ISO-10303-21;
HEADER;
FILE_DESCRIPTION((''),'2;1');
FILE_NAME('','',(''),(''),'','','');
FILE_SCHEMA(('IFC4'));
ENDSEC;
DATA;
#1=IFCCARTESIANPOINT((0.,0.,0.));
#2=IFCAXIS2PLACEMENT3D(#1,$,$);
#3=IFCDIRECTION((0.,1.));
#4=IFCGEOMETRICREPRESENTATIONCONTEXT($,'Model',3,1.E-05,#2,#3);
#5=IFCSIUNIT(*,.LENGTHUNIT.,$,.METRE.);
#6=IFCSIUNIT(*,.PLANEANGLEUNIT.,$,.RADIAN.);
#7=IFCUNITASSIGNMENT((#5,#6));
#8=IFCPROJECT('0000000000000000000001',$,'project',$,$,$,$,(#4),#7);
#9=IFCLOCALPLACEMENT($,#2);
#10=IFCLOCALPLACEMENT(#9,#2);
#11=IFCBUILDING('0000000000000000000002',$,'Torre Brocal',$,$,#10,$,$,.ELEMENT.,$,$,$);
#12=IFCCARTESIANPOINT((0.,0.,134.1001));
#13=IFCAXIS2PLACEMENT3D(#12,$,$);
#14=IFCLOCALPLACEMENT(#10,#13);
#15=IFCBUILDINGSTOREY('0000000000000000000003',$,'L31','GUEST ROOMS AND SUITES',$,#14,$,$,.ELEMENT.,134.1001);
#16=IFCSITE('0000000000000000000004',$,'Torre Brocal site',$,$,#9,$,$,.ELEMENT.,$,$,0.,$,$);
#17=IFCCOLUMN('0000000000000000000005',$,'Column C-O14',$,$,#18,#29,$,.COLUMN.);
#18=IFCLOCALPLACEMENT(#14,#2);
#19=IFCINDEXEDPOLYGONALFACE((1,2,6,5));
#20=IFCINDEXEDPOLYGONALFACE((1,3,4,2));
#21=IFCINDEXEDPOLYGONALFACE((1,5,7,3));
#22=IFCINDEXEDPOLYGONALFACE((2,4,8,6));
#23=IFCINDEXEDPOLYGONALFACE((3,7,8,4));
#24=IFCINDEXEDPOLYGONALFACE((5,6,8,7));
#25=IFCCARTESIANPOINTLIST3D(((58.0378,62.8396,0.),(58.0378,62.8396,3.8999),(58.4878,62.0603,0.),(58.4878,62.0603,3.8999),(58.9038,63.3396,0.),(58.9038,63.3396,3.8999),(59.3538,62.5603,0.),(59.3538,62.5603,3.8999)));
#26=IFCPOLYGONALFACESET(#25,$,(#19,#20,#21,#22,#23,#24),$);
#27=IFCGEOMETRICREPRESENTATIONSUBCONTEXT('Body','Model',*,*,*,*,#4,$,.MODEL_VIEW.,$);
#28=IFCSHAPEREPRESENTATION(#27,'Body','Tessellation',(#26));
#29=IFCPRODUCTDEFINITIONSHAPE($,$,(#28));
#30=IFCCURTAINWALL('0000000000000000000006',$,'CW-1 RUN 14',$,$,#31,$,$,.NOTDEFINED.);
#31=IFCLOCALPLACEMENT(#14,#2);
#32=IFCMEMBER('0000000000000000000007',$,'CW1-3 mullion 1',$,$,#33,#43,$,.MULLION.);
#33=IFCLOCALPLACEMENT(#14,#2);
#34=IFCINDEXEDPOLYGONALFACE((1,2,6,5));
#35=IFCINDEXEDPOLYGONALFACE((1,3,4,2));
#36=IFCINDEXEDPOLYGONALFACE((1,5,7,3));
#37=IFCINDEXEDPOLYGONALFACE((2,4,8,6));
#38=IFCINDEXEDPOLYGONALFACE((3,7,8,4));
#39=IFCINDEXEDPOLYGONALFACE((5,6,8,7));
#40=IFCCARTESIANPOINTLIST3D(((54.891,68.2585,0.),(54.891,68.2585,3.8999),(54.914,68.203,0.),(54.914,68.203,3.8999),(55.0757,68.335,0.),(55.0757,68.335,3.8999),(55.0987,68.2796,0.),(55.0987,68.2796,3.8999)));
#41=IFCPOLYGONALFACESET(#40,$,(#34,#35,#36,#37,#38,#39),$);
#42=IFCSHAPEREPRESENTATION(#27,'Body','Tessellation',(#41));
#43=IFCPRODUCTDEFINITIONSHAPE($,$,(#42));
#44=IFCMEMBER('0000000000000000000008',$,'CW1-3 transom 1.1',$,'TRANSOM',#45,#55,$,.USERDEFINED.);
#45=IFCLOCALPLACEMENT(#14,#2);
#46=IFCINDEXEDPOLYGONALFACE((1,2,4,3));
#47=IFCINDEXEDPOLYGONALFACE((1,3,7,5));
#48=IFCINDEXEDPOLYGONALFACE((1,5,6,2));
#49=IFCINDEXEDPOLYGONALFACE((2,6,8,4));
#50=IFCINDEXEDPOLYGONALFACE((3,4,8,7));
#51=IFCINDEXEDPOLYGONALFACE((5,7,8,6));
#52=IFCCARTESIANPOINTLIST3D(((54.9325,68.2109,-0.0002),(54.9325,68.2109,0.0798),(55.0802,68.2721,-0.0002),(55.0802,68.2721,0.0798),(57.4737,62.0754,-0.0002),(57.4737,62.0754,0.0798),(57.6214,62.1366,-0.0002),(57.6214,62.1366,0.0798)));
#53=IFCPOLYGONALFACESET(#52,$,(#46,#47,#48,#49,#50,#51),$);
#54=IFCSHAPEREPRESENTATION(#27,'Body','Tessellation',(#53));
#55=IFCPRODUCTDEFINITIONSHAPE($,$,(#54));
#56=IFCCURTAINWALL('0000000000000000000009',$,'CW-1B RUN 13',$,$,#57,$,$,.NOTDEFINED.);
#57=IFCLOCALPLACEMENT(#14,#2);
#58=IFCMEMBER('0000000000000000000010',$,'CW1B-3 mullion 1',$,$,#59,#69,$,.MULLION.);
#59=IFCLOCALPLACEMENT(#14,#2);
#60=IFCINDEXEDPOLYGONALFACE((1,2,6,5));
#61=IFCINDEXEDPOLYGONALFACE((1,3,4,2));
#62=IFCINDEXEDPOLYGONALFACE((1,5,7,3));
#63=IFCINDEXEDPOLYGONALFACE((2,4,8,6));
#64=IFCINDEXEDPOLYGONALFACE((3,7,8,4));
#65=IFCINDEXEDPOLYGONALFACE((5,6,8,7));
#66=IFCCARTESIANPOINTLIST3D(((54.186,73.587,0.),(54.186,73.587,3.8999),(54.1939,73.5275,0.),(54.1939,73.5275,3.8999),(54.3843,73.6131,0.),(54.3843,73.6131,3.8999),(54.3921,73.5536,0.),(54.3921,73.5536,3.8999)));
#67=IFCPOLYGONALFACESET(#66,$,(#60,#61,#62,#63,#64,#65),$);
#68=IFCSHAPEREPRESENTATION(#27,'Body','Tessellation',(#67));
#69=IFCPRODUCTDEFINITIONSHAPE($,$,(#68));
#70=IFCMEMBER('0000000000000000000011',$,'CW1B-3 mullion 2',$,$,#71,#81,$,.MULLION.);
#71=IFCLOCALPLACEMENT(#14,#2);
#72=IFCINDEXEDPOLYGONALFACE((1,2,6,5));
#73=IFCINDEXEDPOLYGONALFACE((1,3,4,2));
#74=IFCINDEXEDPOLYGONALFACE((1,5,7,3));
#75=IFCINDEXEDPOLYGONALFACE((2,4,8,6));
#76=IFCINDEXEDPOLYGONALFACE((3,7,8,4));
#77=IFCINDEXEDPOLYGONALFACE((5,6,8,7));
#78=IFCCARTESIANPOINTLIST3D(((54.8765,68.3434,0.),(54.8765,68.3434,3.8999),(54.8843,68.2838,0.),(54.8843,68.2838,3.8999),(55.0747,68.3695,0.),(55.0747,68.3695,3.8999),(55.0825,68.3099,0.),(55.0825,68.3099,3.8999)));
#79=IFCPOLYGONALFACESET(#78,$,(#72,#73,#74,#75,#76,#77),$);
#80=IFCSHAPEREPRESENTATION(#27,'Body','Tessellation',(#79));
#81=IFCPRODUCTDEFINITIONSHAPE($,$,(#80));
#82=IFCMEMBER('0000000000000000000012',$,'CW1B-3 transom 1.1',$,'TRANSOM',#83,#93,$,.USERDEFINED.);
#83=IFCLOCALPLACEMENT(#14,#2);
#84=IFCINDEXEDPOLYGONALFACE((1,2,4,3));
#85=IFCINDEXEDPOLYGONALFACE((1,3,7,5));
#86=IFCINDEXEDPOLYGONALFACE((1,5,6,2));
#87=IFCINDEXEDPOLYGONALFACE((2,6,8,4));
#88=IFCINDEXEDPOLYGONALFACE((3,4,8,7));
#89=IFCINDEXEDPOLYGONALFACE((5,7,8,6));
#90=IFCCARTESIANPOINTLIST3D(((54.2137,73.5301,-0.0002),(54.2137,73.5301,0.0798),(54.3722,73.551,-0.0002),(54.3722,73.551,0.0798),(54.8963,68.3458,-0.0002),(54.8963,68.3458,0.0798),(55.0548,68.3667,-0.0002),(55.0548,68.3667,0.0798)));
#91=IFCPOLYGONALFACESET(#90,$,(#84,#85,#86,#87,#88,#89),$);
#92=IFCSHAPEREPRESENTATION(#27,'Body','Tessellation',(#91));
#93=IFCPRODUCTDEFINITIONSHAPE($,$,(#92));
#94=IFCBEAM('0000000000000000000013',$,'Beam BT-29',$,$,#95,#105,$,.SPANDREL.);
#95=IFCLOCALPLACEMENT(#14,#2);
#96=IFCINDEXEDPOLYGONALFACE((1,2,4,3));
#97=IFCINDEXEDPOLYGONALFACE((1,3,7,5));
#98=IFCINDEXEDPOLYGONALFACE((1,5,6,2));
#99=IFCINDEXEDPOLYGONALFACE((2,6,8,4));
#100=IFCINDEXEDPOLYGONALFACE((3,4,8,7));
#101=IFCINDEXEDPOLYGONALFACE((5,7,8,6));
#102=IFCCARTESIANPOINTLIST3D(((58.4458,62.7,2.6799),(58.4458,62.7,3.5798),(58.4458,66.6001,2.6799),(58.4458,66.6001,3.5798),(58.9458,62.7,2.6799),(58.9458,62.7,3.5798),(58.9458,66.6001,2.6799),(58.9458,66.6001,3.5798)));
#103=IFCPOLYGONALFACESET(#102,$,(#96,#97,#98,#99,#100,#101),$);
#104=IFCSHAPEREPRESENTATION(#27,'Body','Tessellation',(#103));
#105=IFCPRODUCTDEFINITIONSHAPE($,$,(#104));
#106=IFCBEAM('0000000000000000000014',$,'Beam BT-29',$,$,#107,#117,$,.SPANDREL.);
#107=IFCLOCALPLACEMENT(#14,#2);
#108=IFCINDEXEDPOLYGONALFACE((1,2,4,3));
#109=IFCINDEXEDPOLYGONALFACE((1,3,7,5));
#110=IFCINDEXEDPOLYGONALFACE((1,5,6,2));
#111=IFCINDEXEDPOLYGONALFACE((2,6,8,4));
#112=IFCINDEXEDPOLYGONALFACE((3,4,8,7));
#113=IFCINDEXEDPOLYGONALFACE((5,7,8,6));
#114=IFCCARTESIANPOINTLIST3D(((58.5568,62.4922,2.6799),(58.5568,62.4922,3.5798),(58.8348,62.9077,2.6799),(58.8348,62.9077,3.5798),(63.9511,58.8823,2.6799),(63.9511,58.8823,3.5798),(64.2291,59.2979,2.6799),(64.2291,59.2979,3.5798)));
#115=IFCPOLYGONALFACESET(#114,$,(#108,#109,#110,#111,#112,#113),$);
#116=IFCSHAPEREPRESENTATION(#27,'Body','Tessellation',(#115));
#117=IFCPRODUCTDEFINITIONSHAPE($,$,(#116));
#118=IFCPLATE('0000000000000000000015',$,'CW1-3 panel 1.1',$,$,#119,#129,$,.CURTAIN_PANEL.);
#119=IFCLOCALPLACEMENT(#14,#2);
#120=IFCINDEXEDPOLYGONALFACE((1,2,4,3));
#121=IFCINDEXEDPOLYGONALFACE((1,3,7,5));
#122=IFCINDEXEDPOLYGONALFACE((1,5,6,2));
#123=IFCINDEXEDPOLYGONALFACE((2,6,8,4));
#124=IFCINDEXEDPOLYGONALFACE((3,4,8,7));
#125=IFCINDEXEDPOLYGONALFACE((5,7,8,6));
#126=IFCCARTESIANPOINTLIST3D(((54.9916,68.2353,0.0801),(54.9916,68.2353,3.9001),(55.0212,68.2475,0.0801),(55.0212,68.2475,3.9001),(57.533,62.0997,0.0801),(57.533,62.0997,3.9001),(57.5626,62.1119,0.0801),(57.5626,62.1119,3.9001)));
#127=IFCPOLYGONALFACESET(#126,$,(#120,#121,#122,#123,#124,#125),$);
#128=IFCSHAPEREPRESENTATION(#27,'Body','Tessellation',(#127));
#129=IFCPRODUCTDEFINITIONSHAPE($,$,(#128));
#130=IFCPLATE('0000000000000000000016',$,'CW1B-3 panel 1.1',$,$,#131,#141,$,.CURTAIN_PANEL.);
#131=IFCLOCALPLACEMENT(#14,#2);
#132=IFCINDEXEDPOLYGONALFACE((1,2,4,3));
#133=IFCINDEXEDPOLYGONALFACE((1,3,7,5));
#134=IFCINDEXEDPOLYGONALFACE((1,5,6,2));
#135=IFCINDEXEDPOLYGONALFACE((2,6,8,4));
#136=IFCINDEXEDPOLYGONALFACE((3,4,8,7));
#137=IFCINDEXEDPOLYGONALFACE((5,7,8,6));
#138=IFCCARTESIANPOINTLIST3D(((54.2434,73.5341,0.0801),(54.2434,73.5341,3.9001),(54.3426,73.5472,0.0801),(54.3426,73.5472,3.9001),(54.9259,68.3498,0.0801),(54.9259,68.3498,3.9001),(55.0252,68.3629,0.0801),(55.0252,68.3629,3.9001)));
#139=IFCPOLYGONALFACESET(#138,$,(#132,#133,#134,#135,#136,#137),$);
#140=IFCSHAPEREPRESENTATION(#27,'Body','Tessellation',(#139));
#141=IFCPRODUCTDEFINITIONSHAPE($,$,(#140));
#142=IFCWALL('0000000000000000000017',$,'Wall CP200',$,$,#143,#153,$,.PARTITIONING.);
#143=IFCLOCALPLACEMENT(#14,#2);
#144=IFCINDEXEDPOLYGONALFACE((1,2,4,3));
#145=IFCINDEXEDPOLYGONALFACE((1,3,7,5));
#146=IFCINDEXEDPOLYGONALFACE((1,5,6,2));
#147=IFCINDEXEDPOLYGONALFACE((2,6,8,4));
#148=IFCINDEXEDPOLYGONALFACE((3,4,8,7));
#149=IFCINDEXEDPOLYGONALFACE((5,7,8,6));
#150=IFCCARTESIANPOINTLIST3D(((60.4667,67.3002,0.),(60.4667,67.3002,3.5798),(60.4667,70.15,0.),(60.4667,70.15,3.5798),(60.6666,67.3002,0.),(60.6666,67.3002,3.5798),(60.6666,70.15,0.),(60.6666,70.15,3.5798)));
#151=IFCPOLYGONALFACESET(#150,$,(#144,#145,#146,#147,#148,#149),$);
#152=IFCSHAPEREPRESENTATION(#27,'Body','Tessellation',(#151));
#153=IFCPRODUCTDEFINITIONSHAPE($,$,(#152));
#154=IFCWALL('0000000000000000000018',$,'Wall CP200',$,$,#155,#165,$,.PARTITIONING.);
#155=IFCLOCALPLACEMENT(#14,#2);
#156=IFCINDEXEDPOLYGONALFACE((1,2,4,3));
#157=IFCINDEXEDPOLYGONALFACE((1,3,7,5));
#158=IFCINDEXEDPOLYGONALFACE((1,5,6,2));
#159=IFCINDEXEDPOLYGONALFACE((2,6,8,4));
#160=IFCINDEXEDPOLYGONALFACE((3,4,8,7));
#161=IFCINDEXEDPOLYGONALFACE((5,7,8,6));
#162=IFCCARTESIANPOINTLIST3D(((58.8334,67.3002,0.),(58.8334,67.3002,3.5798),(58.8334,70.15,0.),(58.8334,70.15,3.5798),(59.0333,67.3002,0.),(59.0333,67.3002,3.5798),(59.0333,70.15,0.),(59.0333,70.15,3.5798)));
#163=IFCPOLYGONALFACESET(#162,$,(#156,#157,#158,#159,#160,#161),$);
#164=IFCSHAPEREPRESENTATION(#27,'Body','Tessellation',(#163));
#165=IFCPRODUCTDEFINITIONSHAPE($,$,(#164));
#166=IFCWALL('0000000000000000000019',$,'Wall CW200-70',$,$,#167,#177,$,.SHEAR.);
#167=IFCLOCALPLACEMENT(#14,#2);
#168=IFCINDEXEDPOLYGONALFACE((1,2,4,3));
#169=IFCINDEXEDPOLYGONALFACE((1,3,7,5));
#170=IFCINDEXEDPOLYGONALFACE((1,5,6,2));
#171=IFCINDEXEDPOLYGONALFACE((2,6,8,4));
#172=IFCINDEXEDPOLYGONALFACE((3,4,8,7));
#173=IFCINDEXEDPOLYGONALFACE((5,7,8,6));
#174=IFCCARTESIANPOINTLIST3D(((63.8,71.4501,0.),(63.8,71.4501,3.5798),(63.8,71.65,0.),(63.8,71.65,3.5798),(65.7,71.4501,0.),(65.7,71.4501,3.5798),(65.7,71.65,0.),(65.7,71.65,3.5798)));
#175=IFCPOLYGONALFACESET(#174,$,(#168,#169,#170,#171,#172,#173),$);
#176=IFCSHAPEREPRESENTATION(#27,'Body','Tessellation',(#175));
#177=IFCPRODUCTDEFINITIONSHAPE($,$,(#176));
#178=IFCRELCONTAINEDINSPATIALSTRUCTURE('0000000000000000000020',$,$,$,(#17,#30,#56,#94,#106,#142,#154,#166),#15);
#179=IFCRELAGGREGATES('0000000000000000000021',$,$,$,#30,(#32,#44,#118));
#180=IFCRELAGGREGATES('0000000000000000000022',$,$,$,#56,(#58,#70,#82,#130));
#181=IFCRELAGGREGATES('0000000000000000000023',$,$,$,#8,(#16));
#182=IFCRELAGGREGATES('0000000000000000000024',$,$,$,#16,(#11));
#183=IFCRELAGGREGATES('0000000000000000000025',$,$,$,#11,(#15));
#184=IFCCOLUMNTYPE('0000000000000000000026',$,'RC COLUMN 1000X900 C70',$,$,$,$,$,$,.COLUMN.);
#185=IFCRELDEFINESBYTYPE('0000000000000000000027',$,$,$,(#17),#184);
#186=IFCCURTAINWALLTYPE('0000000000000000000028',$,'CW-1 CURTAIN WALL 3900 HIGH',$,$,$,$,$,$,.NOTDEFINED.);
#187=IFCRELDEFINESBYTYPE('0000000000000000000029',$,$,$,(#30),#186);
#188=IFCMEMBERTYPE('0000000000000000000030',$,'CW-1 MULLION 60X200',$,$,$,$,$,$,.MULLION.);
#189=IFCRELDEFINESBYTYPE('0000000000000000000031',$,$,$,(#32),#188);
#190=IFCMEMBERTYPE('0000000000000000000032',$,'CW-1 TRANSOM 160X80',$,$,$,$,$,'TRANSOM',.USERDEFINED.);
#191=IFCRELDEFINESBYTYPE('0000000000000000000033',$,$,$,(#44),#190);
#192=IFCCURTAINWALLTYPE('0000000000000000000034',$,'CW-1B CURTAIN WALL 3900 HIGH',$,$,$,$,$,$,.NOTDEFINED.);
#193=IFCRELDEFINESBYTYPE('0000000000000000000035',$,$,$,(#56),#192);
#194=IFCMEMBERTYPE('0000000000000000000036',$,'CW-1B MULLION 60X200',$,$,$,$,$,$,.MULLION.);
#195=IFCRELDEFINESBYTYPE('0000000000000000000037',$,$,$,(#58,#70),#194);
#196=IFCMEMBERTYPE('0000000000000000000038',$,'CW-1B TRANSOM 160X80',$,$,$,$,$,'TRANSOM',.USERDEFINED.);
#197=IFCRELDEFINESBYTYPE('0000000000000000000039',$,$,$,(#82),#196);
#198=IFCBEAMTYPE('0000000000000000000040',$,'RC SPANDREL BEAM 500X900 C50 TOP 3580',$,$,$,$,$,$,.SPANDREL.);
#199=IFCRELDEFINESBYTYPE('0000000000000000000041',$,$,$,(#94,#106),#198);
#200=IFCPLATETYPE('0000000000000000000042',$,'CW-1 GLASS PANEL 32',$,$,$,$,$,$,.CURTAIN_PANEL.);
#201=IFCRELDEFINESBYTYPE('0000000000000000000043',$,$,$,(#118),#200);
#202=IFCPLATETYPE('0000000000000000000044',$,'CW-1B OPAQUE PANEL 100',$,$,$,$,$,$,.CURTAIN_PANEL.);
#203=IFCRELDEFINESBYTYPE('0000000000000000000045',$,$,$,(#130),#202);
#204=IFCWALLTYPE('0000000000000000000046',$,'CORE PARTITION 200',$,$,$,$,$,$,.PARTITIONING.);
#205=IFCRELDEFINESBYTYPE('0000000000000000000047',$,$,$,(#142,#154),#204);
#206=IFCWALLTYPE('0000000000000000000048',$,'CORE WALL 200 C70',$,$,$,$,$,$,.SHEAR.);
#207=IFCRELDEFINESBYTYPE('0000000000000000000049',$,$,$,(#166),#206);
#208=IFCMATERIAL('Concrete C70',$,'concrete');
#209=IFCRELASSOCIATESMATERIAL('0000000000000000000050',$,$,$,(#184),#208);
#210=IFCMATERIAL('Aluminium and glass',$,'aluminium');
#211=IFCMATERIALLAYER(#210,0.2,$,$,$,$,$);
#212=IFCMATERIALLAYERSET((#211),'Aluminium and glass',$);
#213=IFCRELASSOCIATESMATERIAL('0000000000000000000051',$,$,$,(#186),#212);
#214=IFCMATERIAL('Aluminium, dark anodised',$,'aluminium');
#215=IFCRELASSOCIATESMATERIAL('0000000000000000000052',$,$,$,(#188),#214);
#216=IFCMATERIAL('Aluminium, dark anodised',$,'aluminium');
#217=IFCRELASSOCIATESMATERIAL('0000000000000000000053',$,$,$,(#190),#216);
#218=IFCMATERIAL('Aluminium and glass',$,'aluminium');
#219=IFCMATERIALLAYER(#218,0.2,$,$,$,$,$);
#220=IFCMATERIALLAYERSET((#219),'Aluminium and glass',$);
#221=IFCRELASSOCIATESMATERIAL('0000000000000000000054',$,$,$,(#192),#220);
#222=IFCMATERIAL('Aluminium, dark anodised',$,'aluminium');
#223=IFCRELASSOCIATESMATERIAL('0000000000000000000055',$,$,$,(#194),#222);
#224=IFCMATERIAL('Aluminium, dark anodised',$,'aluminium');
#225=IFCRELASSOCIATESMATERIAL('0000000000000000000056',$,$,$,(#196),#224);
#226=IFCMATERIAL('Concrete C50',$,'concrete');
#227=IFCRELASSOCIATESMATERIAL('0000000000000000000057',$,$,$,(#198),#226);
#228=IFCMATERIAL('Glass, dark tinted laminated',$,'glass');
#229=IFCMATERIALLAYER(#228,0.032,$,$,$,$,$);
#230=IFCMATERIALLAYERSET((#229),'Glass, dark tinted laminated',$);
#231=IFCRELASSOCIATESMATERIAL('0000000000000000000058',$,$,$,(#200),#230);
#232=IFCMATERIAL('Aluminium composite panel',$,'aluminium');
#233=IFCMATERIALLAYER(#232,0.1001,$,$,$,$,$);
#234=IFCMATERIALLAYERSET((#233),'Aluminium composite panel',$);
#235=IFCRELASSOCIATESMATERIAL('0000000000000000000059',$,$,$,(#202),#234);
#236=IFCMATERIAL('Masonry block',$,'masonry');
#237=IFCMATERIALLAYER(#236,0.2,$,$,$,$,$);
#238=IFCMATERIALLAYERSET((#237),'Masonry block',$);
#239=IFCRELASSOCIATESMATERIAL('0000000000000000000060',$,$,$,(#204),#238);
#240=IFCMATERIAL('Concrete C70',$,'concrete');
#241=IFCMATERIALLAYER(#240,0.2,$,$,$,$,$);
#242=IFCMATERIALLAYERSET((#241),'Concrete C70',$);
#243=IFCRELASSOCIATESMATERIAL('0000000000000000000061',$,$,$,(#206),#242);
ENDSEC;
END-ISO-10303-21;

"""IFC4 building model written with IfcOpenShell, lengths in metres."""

from ifc_helpers import new_model, si_unit, direction, frame, frame_2d, origin, origin_2d, place, context, subcontext, project, spatial, rectangle, extrude, material, layer, layer_set, material_profile, profile_set, type_object, element, aggregate, save


model = new_model("IFC4")

# Units and contexts
model_context = context("Model", 3, precision=1e-05, world=origin(), true_north=direction((0.0, 1.0)))
body_context = subcontext(model_context, "Body", "Model", "MODEL_VIEW")
ifc_project = project(units=[si_unit("LENGTHUNIT", "METRE"), si_unit("PLANEANGLEUNIT", "RADIAN")], contexts=[model_context])

# Site, building, storey
site_placement = place(None, origin())
site = spatial("IfcSite", under=ifc_project, at=site_placement, Name="Torre Brocal site", CompositionType="ELEMENT", RefElevation=0.0)
building_placement = place(site_placement, origin())
building = spatial("IfcBuilding", under=site, at=building_placement, Name="Torre Brocal", CompositionType="ELEMENT")
storey_placement = place(building_placement, frame((0.0, 0.0, 134.1001)))
storey = spatial("IfcBuildingStorey", under=building, at=storey_placement, Name="L31", Description="GUEST ROOMS AND SUITES", CompositionType="ELEMENT", Elevation=134.1001)

# Column
ifc_material_1 = material(Name="Concrete C70", Category="concrete")
ifc_material_profile_1 = material_profile(ifc_material_1, rectangle(XDim=1.0, YDim=0.8999, at=origin_2d()), Name="RC 1000X900")
ifc_profile_set_1 = profile_set([ifc_material_profile_1], Name="Concrete C70")
column_type = type_object("IfcColumnType", Name="RC COLUMN 1000X900 C70", PredefinedType="COLUMN", material=ifc_profile_set_1)
column_placement = place(storey_placement, frame((58.6958, 62.7, 0.0), z_axis=(0.0, 0.0, 1.0), x_axis=(-0.866025, -0.5, 0.0)))
element("IfcColumn", 1, at=column_placement, inside=storey, type_object=column_type, Name="Column C-O14", PredefinedType="COLUMN", context=body_context, shape_type="SweptSolid", body=[
    extrude(rectangle(XDim=1.0, YDim=0.8999, at=origin_2d()), origin(), (0.0, 0.0, 1.0), 3.8999),
])

# Curtain walls, members
ifc_material_2 = material(Name="Aluminium and glass", Category="aluminium")
ifc_layer_1 = layer(ifc_material_2, 0.2)
ifc_layer_set_1 = layer_set([ifc_layer_1], Name="Aluminium and glass")
curtain_wall_type_1 = type_object("IfcCurtainWallType", Name="CW-1 CURTAIN WALL 3900 HIGH", PredefinedType="NOTDEFINED", material=ifc_layer_set_1)
curtain_wall_1_placement = place(storey_placement, origin())
curtain_wall_1 = element("IfcCurtainWall", 2, at=curtain_wall_1_placement, inside=storey, type_object=curtain_wall_type_1, Name="CW-1 RUN 14", PredefinedType="NOTDEFINED")
ifc_material_3 = material(Name="Aluminium, dark anodised", Category="aluminium")
ifc_material_profile_2 = material_profile(ifc_material_3, rectangle(XDim=0.2, YDim=0.0601, at=origin_2d()), Name="CW-1 MULLION 60X200")
ifc_profile_set_2 = profile_set([ifc_material_profile_2], Name="Aluminium, dark anodised")
member_type_1 = type_object("IfcMemberType", Name="CW-1 MULLION 60X200", PredefinedType="MULLION", material=ifc_profile_set_2)
member_1_placement = place(storey_placement, frame((54.9949, 68.269, 0.0), z_axis=(0.0, 0.0, 1.0), x_axis=(0.92388, 0.382683, 0.0)))
member_1 = element("IfcMember", 3, at=member_1_placement, type_object=member_type_1, Name="CW1-3 mullion 1", PredefinedType="MULLION", context=body_context, shape_type="SweptSolid", body=[
    extrude(rectangle(XDim=0.2, YDim=0.0601, at=origin_2d()), origin(), (0.0, 0.0, 1.0), 3.8999),
])
ifc_material_4 = material(Name="Aluminium, dark anodised", Category="aluminium")
ifc_material_profile_3 = material_profile(ifc_material_4, rectangle(XDim=0.1599, YDim=0.0801, at=origin_2d()), Name="CW-1 TRANSOM 160X80")
ifc_profile_set_3 = profile_set([ifc_material_profile_3], Name="Aluminium, dark anodised")
member_type_2 = type_object("IfcMemberType", Name="CW-1 TRANSOM 160X80", ElementType="TRANSOM", PredefinedType="USERDEFINED", material=ifc_profile_set_3)
member_2_placement = place(storey_placement, frame((55.0063, 68.2415, 0.0398), z_axis=(0.382665, -0.923887, 0.0), x_axis=(0.923887, 0.382665, 0.0)))
member_2 = element("IfcMember", 4, at=member_2_placement, type_object=member_type_2, Name="CW1-3 transom 1.1", ObjectType="TRANSOM", PredefinedType="USERDEFINED", context=body_context, shape_type="SweptSolid", body=[
    extrude(rectangle(XDim=0.1599, YDim=0.0801, at=origin_2d()), origin(), (0.0, 0.0, 1.0), 6.6409),
])
ifc_material_5 = material(Name="Aluminium and glass", Category="aluminium")
ifc_layer_2 = layer(ifc_material_5, 0.2)
ifc_layer_set_2 = layer_set([ifc_layer_2], Name="Aluminium and glass")
curtain_wall_type_2 = type_object("IfcCurtainWallType", Name="CW-1B CURTAIN WALL 3900 HIGH", PredefinedType="NOTDEFINED", material=ifc_layer_set_2)
curtain_wall_2_placement = place(storey_placement, origin())
curtain_wall_2 = element("IfcCurtainWall", 5, at=curtain_wall_2_placement, inside=storey, type_object=curtain_wall_type_2, Name="CW-1B RUN 13", PredefinedType="NOTDEFINED")
ifc_material_6 = material(Name="Aluminium, dark anodised", Category="aluminium")
ifc_material_profile_4 = material_profile(ifc_material_6, rectangle(XDim=0.2, YDim=0.0601, at=origin_2d()), Name="CW-1B MULLION 60X200")
ifc_profile_set_4 = profile_set([ifc_material_profile_4], Name="Aluminium, dark anodised")
member_type_3 = type_object("IfcMemberType", Name="CW-1B MULLION 60X200", PredefinedType="MULLION", material=ifc_profile_set_4)
member_3_placement = place(storey_placement, frame((54.2891, 73.5703, 0.0), z_axis=(0.0, 0.0, 1.0), x_axis=(0.991445, 0.130526, 0.0)))
member_3 = element("IfcMember", 6, at=member_3_placement, type_object=member_type_3, Name="CW1B-3 mullion 1", PredefinedType="MULLION", context=body_context, shape_type="SweptSolid", body=[
    extrude(rectangle(XDim=0.2, YDim=0.0601, at=origin_2d()), origin(), (0.0, 0.0, 1.0), 3.8999),
])
member_4_placement = place(storey_placement, frame((54.9795, 68.3267, 0.0), z_axis=(0.0, 0.0, 1.0), x_axis=(0.991445, 0.130526, 0.0)))
member_4 = element("IfcMember", 7, at=member_4_placement, type_object=member_type_3, Name="CW1B-3 mullion 2", PredefinedType="MULLION", context=body_context, shape_type="SweptSolid", body=[
    extrude(rectangle(XDim=0.2, YDim=0.0601, at=origin_2d()), origin(), (0.0, 0.0, 1.0), 3.8999),
])
ifc_material_7 = material(Name="Aluminium, dark anodised", Category="aluminium")
ifc_material_profile_5 = material_profile(ifc_material_7, rectangle(XDim=0.1599, YDim=0.0801, at=origin_2d()), Name="CW-1B TRANSOM 160X80")
ifc_profile_set_5 = profile_set([ifc_material_profile_5], Name="Aluminium, dark anodised")
member_type_4 = type_object("IfcMemberType", Name="CW-1B TRANSOM 160X80", ElementType="TRANSOM", PredefinedType="USERDEFINED", material=ifc_profile_set_5)
member_5_placement = place(storey_placement, frame((54.293, 73.5405, 0.0398), z_axis=(0.130543, -0.991443, 0.0), x_axis=(0.991443, 0.130543, 0.0)))
member_5 = element("IfcMember", 8, at=member_5_placement, type_object=member_type_4, Name="CW1B-3 transom 1.1", ObjectType="TRANSOM", PredefinedType="USERDEFINED", context=body_context, shape_type="SweptSolid", body=[
    extrude(rectangle(XDim=0.1599, YDim=0.0801, at=origin_2d()), origin(), (0.0, 0.0, 1.0), 5.229),
])

# Beams
ifc_material_8 = material(Name="Concrete C50", Category="concrete")
ifc_material_profile_6 = material_profile(ifc_material_8, rectangle(XDim=0.5, YDim=0.8999, at=origin_2d()), Name="RC 500X900")
ifc_profile_set_6 = profile_set([ifc_material_profile_6], Name="Concrete C50")
beam_type = type_object("IfcBeamType", Name="RC SPANDREL BEAM 500X900 C50 TOP 3580", PredefinedType="SPANDREL", material=ifc_profile_set_6)
beam_1_placement = place(storey_placement, frame((58.6958, 62.7, 3.1299), z_axis=(0.0, 1.0, 0.0), x_axis=(-1.0, 0.0, 0.0)))
element("IfcBeam", 9, at=beam_1_placement, inside=storey, type_object=beam_type, Name="Beam BT-29", PredefinedType="SPANDREL", context=body_context, shape_type="SweptSolid", body=[
    extrude(rectangle(XDim=0.5, YDim=0.8999, at=origin_2d()), origin(), (0.0, 0.0, 1.0), 3.9001),
])
beam_2_placement = place(storey_placement, frame((58.6958, 62.7, 3.1299), z_axis=(0.831077, -0.556158, 0.0), x_axis=(0.556158, 0.831077, 0.0)))
element("IfcBeam", 10, at=beam_2_placement, inside=storey, type_object=beam_type, Name="Beam BT-29", PredefinedType="SPANDREL", context=body_context, shape_type="SweptSolid", body=[
    extrude(rectangle(XDim=0.5, YDim=0.8999, at=origin_2d()), origin(), (0.0, 0.0, 1.0), 6.4907),
])

# Plates
ifc_material_9 = material(Name="Glass, dark tinted laminated", Category="glass")
ifc_layer_3 = layer(ifc_material_9, 0.032)
ifc_layer_set_3 = layer_set([ifc_layer_3], Name="Glass, dark tinted laminated")
plate_type_1 = type_object("IfcPlateType", Name="CW-1 GLASS PANEL 32", PredefinedType="CURTAIN_PANEL", material=ifc_layer_set_3)
plate_1_placement = place(storey_placement, frame((56.2771, 65.1736, 0.0801), z_axis=(0.0, 0.0, 1.0), x_axis=(0.382683, -0.92388, 0.0)))
plate_1 = element("IfcPlate", 11, at=plate_1_placement, type_object=plate_type_1, Name="CW1-3 panel 1.1", PredefinedType="CURTAIN_PANEL", context=body_context, shape_type="SweptSolid", body=[
    extrude(rectangle(XDim=6.6411, YDim=0.032, at=origin_2d()), origin(), (0.0, 0.0, 1.0), 3.8201),
])
aggregate(curtain_wall_1, [member_1, member_2, plate_1])
ifc_material_10 = material(Name="Aluminium composite panel", Category="aluminium")
ifc_layer_4 = layer(ifc_material_10, 0.1001)
ifc_layer_set_4 = layer_set([ifc_layer_4], Name="Aluminium composite panel")
plate_type_2 = type_object("IfcPlateType", Name="CW-1B OPAQUE PANEL 100", PredefinedType="CURTAIN_PANEL", material=ifc_layer_set_4)
plate_2_placement = place(storey_placement, frame((54.6343, 70.9485, 0.0801), z_axis=(0.0, 0.0, 1.0), x_axis=(0.130526, -0.991445, 0.0)))
plate_2 = element("IfcPlate", 12, at=plate_2_placement, type_object=plate_type_2, Name="CW1B-3 panel 1.1", PredefinedType="CURTAIN_PANEL", context=body_context, shape_type="SweptSolid", body=[
    extrude(rectangle(XDim=5.229, YDim=0.1001, at=origin_2d()), origin(), (0.0, 0.0, 1.0), 3.8201),
])
aggregate(curtain_wall_2, [member_3, member_4, member_5, plate_2])

# Walls
ifc_material_11 = material(Name="Masonry block", Category="masonry")
ifc_layer_5 = layer(ifc_material_11, 0.2)
ifc_layer_set_5 = layer_set([ifc_layer_5], Name="Masonry block")
wall_type_1 = type_object("IfcWallType", Name="CORE PARTITION 200", PredefinedType="PARTITIONING", material=ifc_layer_set_5)
for number, where, z_axis, x_axis, name in (
    (13, (60.5667, 70.1499, 0.0), (0.0, 0.0, 1.0), (0.0, -1.0, 0.0), "Wall CP200"),
    (14, (58.9333, 70.1499, 0.0), (0.0, 0.0, 1.0), (0.0, -1.0, 0.0), "Wall CP200"),
):
    element("IfcWall", number, at=place(storey_placement, frame(where, z_axis=z_axis, x_axis=x_axis)), inside=storey, type_object=wall_type_1, Name=name, PredefinedType="PARTITIONING", context=body_context, shape_type="SweptSolid", body=[
        extrude(rectangle(XDim=2.8499, YDim=0.2, at=frame_2d((1.4248, 0.0))), origin(), (0.0, 0.0, 1.0), 3.5798),
    ])
ifc_material_12 = material(Name="Concrete C70", Category="concrete")
ifc_layer_6 = layer(ifc_material_12, 0.2)
ifc_layer_set_6 = layer_set([ifc_layer_6], Name="Concrete C70")
wall_type_2 = type_object("IfcWallType", Name="CORE WALL 200 C70", PredefinedType="SHEAR", material=ifc_layer_set_6)
wall_1_placement = place(storey_placement, frame((65.7, 71.55, 0.0), z_axis=(0.0, 0.0, 1.0), x_axis=(-1.0, 0.0, 0.0)))
element("IfcWall", 15, at=wall_1_placement, inside=storey, type_object=wall_type_2, Name="Wall CW200-70", PredefinedType="SHEAR", context=body_context, shape_type="SweptSolid", body=[
    extrude(rectangle(XDim=1.8999, YDim=0.2, at=frame_2d((0.95, 0.0))), origin(), (0.0, 0.0, 1.0), 3.5798),
])

save(model, "model.ifc")
